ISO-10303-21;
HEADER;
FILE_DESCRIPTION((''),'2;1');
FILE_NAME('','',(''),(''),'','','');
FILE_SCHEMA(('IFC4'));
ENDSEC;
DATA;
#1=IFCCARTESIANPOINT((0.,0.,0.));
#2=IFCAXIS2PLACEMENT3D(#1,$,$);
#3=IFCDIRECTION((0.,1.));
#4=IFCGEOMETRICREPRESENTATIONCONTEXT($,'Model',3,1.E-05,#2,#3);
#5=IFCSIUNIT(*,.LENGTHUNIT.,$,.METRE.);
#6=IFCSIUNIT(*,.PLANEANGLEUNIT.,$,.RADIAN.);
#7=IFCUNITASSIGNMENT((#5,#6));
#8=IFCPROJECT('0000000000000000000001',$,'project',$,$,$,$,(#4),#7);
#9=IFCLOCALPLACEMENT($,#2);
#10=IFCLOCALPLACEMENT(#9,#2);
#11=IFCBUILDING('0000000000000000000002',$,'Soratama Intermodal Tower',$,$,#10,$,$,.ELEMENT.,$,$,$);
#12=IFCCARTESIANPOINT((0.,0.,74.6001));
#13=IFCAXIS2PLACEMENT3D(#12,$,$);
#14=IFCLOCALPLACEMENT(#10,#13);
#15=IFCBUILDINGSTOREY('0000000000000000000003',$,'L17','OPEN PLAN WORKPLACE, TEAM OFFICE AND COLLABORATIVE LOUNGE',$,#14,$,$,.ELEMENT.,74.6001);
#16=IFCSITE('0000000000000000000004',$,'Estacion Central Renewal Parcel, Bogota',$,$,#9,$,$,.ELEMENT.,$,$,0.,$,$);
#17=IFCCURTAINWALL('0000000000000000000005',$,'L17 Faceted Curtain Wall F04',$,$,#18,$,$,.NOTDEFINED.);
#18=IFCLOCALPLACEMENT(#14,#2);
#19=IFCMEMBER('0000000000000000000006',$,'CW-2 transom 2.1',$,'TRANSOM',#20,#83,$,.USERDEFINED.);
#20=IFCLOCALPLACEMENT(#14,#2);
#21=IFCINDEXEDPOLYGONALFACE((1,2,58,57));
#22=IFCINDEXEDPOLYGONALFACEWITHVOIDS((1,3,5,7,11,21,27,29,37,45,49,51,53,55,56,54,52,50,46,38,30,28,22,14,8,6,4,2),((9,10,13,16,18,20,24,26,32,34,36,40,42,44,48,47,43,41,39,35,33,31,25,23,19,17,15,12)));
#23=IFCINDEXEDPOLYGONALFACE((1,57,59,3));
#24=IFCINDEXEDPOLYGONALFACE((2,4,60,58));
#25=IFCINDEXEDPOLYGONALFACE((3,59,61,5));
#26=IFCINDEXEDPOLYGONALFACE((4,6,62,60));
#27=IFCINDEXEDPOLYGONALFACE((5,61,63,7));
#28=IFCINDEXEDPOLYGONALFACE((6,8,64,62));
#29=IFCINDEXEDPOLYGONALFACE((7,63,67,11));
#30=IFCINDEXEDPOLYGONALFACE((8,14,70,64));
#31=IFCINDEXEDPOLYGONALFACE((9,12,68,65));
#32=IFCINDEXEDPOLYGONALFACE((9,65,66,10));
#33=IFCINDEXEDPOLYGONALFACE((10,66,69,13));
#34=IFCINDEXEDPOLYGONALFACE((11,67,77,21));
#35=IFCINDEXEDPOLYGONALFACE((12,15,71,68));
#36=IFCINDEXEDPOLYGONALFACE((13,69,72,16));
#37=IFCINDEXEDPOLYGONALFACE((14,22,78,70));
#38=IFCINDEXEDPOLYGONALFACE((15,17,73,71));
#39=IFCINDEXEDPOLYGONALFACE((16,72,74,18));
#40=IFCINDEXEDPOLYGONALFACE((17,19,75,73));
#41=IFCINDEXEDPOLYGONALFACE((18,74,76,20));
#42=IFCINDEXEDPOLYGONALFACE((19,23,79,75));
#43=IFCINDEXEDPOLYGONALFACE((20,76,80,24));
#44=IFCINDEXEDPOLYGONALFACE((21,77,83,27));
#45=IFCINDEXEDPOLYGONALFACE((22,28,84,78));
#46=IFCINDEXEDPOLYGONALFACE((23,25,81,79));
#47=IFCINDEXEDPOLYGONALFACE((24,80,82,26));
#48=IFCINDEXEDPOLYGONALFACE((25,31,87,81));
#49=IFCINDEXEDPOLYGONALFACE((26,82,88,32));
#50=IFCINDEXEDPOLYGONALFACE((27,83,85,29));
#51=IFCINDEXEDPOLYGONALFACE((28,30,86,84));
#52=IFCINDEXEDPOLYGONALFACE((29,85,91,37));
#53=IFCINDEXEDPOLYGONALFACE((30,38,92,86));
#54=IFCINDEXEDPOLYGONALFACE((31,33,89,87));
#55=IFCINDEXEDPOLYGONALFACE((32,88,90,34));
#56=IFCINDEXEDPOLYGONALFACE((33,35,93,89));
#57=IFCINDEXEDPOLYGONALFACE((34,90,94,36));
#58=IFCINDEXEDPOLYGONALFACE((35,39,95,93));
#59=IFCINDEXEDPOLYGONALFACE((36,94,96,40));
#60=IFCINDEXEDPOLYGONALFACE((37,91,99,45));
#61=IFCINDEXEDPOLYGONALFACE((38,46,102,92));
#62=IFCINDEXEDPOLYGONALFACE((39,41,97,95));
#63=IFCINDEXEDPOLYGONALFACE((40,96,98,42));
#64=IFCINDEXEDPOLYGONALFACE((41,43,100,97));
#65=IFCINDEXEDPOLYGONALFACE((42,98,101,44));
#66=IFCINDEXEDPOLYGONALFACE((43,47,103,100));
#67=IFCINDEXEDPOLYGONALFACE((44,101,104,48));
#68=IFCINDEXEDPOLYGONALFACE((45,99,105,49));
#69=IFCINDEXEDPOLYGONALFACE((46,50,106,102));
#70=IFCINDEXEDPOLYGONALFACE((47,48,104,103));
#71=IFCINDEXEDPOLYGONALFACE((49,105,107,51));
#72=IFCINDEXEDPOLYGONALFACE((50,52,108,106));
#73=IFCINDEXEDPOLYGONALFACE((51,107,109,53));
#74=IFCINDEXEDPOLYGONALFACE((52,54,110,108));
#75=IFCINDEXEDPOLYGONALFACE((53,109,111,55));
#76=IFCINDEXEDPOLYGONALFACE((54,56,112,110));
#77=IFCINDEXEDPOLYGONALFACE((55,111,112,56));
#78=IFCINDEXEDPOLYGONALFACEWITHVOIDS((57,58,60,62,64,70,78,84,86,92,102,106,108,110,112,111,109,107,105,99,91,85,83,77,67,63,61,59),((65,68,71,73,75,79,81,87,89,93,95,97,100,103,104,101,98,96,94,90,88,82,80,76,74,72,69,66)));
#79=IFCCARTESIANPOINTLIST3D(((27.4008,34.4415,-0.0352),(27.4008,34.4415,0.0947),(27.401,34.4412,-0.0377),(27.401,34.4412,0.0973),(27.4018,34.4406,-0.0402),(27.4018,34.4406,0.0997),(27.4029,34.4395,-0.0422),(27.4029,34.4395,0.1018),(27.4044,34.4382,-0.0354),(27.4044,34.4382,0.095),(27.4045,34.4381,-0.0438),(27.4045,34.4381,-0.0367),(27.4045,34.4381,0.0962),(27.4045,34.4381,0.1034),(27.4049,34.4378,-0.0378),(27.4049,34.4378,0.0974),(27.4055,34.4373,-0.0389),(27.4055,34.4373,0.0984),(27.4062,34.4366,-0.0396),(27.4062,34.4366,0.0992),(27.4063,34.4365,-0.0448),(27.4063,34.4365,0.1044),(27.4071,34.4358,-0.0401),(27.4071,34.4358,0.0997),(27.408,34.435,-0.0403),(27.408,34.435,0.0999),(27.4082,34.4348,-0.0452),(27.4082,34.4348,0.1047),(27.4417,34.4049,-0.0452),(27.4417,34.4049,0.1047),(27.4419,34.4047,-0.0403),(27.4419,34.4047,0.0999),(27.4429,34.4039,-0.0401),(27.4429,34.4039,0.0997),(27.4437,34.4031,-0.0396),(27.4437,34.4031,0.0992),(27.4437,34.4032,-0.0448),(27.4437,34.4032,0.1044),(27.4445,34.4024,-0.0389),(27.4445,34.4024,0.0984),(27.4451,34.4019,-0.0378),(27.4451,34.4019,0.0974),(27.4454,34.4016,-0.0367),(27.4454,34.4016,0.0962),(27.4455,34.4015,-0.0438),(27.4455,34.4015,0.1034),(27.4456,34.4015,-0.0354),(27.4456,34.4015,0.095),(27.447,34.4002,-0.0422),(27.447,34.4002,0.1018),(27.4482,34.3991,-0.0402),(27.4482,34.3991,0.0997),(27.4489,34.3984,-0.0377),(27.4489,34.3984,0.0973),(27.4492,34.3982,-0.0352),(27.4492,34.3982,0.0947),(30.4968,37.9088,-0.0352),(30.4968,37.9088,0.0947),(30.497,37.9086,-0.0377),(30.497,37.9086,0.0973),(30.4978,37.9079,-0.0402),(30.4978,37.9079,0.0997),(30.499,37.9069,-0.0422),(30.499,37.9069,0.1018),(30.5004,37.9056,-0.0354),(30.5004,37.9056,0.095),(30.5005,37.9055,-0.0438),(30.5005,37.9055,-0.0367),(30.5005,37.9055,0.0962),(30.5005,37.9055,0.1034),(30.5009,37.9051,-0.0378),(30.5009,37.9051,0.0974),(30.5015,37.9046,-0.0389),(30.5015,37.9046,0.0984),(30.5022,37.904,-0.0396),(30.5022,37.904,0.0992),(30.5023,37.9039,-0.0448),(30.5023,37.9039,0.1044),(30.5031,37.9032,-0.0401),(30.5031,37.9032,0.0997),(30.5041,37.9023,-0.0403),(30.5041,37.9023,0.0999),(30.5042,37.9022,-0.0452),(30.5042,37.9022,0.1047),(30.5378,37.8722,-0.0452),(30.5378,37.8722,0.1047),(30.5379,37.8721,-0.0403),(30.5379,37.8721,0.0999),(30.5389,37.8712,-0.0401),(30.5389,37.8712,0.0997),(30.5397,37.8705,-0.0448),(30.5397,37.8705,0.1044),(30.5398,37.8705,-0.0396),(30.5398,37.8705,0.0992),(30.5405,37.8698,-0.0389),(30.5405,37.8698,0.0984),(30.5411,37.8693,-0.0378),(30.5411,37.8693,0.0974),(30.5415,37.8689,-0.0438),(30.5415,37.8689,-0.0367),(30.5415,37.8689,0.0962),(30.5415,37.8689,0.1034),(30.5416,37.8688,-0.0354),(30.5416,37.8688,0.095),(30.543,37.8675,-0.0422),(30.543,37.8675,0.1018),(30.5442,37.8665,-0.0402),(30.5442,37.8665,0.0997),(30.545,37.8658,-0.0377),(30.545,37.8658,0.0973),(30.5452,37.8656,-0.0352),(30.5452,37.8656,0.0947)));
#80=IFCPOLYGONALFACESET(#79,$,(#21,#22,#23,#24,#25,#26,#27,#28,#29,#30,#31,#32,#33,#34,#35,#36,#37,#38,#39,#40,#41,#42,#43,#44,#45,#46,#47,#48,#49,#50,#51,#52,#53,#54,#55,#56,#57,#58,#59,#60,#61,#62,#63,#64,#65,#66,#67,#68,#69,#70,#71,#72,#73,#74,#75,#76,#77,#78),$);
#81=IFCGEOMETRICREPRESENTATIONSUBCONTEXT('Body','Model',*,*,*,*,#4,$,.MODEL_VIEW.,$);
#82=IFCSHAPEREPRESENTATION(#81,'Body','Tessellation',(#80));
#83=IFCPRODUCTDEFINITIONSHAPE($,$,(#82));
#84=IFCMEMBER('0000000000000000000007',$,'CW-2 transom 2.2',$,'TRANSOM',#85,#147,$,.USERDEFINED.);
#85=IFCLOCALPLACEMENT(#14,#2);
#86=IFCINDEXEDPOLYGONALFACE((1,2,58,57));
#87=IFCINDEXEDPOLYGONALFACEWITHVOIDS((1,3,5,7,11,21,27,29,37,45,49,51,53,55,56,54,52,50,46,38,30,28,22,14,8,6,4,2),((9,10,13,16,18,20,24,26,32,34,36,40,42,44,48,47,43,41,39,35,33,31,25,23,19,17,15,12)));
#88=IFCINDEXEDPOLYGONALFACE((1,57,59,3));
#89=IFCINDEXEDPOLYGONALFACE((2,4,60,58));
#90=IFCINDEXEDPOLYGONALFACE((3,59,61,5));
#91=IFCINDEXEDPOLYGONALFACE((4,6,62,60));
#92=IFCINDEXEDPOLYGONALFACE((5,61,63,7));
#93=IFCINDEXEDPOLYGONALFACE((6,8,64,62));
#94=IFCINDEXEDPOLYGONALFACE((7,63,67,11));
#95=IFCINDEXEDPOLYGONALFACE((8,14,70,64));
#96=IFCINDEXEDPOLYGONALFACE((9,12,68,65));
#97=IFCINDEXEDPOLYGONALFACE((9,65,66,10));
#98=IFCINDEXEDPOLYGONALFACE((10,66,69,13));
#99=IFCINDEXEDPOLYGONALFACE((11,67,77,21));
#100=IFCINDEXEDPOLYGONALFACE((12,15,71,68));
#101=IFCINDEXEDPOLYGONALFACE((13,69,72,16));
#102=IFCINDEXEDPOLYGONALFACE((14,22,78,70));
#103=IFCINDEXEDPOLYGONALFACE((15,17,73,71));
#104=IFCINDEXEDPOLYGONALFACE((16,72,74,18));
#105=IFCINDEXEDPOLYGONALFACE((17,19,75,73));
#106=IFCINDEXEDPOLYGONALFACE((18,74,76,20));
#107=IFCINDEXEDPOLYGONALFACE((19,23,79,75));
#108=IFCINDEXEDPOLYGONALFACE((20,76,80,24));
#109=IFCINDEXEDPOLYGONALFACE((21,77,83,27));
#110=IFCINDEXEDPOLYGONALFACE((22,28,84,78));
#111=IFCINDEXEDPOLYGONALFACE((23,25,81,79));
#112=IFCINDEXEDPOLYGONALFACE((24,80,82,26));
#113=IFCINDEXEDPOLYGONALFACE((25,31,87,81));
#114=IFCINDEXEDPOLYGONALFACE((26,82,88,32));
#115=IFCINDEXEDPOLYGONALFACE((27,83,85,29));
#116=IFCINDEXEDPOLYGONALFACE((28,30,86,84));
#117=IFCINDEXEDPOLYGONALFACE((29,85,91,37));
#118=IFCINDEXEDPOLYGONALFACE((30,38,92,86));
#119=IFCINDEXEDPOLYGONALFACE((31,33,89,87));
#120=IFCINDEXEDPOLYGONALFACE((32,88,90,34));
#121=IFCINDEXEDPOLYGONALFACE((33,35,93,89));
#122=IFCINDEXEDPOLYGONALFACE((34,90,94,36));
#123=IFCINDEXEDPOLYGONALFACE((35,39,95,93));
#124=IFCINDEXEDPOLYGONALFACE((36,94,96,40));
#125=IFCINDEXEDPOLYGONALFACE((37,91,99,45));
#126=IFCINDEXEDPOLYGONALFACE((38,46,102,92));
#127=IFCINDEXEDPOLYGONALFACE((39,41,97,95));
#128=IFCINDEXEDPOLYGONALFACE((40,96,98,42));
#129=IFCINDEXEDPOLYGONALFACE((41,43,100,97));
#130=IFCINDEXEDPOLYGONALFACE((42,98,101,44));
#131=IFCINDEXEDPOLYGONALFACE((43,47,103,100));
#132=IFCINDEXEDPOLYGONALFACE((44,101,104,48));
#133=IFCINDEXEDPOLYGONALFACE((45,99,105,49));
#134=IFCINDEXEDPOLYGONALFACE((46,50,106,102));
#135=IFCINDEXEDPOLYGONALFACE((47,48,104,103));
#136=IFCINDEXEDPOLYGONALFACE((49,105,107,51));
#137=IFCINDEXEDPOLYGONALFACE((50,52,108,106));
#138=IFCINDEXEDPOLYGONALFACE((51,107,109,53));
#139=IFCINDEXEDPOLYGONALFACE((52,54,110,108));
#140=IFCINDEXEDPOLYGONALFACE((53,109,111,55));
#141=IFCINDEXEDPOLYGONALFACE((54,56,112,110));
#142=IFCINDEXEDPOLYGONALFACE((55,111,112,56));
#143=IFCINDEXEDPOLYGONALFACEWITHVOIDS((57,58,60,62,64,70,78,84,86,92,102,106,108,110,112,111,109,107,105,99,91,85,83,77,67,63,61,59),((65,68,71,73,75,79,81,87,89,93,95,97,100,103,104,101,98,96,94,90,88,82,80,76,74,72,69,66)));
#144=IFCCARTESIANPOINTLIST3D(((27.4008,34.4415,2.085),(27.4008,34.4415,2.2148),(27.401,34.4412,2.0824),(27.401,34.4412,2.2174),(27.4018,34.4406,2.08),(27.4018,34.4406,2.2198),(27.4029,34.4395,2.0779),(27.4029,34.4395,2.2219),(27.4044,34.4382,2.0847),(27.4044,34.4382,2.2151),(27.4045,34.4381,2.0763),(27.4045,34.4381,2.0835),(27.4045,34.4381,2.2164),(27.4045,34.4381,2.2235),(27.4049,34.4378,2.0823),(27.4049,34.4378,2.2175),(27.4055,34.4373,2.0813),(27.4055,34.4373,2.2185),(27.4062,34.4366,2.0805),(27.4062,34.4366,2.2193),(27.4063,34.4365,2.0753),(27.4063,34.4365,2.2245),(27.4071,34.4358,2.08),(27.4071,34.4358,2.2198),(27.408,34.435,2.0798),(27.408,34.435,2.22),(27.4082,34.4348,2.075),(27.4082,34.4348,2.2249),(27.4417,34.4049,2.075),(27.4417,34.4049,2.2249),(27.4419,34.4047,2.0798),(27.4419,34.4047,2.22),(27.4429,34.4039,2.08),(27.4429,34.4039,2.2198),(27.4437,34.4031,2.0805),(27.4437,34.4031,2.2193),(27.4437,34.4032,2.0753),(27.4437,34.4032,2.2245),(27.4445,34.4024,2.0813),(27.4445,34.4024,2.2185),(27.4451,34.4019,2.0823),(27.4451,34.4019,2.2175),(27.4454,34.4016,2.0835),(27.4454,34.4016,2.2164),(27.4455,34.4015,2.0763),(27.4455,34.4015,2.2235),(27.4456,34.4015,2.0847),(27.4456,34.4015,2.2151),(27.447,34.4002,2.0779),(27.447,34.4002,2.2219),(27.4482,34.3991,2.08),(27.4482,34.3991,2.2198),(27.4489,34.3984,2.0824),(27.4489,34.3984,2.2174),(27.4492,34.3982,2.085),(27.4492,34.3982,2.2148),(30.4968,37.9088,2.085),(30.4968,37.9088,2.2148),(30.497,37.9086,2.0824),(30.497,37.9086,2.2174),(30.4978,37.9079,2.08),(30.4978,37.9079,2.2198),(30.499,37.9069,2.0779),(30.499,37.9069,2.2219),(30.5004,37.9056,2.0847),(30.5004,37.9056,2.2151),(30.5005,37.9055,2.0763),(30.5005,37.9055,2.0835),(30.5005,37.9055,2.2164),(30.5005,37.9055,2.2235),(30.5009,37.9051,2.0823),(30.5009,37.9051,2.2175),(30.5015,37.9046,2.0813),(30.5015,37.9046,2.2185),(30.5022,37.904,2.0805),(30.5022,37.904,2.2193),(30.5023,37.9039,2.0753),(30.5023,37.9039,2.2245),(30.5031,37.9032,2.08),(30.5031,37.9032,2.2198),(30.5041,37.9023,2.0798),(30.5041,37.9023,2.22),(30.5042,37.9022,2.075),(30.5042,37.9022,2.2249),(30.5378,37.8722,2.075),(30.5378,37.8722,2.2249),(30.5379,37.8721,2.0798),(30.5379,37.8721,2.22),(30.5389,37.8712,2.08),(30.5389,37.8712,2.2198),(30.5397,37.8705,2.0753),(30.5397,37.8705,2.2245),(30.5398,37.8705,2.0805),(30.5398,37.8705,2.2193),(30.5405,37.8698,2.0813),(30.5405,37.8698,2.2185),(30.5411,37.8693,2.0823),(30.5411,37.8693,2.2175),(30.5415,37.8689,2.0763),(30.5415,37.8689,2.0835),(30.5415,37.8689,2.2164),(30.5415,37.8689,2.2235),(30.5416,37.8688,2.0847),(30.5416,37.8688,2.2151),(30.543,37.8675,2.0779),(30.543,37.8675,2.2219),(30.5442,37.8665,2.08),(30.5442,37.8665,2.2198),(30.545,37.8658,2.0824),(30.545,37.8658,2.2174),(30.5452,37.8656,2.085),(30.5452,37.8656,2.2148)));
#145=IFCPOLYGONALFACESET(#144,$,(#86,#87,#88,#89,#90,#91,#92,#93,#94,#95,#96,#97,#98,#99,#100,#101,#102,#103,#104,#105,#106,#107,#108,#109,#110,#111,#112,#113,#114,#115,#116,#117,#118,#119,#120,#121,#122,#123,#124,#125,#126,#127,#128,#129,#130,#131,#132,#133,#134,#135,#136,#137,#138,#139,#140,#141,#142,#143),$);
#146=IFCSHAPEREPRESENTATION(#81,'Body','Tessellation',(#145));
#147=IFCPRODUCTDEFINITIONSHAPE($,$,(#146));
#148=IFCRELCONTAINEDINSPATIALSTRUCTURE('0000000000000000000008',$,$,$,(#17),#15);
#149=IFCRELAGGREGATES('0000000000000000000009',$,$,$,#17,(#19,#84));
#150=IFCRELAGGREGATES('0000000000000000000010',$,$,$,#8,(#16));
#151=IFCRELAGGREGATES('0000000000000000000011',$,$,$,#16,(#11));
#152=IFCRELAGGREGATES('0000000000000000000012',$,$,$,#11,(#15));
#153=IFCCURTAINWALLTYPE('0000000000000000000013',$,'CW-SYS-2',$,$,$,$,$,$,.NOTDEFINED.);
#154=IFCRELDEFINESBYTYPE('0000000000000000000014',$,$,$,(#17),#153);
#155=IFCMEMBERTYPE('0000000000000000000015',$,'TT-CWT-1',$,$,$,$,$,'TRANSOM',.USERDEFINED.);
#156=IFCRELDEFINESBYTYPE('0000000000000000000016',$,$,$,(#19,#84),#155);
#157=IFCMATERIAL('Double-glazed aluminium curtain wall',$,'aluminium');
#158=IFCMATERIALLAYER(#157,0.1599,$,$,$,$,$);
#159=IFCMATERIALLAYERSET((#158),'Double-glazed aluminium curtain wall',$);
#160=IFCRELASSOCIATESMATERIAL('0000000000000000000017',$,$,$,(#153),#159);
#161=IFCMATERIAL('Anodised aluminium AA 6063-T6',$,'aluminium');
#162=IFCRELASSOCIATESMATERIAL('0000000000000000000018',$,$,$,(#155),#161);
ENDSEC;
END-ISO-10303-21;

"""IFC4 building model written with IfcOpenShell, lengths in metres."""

from ifc_helpers import new_model, si_unit, direction, frame, origin, origin_2d, place, context, subcontext, project, spatial, hollow_rectangle, extrude, material, layer, layer_set, material_profile, profile_set, type_object, element, aggregate, save


model = new_model("IFC4")

# Units and contexts
model_context = context("Model", 3, precision=1e-05, world=origin(), true_north=direction((0.0, 1.0)))
body_context = subcontext(model_context, "Body", "Model", "MODEL_VIEW")
ifc_project = project(units=[si_unit("LENGTHUNIT", "METRE"), si_unit("PLANEANGLEUNIT", "RADIAN")], contexts=[model_context])

# Site, building, storey
site_placement = place(None, origin())
site = spatial("IfcSite", under=ifc_project, at=site_placement, Name="Estacion Central Renewal Parcel, Bogota", CompositionType="ELEMENT", RefElevation=0.0)
building_placement = place(site_placement, origin())
building = spatial("IfcBuilding", under=site, at=building_placement, Name="Soratama Intermodal Tower", CompositionType="ELEMENT")
storey_placement = place(building_placement, frame((0.0, 0.0, 74.6001)))
storey = spatial("IfcBuildingStorey", under=building, at=storey_placement, Name="L17", Description="OPEN PLAN WORKPLACE, TEAM OFFICE AND COLLABORATIVE LOUNGE", CompositionType="ELEMENT", Elevation=74.6001)

# Curtain wall, members
ifc_material_1 = material(Name="Double-glazed aluminium curtain wall", Category="aluminium")
ifc_layer_1 = layer(ifc_material_1, 0.1599)
ifc_layer_set_1 = layer_set([ifc_layer_1], Name="Double-glazed aluminium curtain wall")
curtain_wall_type = type_object("IfcCurtainWallType", Name="CW-SYS-2", PredefinedType="NOTDEFINED", material=ifc_layer_set_1)
curtain_wall_placement = place(storey_placement, origin())
curtain_wall = element("IfcCurtainWall", 1, at=curtain_wall_placement, inside=storey, type_object=curtain_wall_type, Name="L17 Faceted Curtain Wall F04", PredefinedType="NOTDEFINED")
ifc_material_2 = material(Name="Anodised aluminium AA 6063-T6", Category="aluminium")
ifc_material_profile_1 = material_profile(ifc_material_2, hollow_rectangle(XDim=0.0649, YDim=0.1499, WallThickness=0.0049, InnerFilletRadius=0.0049, OuterFilletRadius=0.01, at=origin_2d()), Name="CWT150X65X5")
ifc_profile_set_1 = profile_set([ifc_material_profile_1], Name="Anodised aluminium AA 6063-T6")
member_type_1 = type_object("IfcMemberType", Name="TT-CWT-1", ElementType="TRANSOM", PredefinedType="USERDEFINED", material=ifc_profile_set_1)
member_1_placement = place(storey_placement, frame((30.521, 37.8872, 0.0298), z_axis=(-0.666035, -0.745921, 0.0), x_axis=(0.745921, -0.666035, 0.0)))
member_1 = element("IfcMember", 2, at=member_1_placement, type_object=member_type_1, Name="CW-2 transom 2.1", ObjectType="TRANSOM", PredefinedType="USERDEFINED", context=body_context, shape_type="SweptSolid", body=[
    extrude(hollow_rectangle(XDim=0.0649, YDim=0.1499, WallThickness=0.0049, InnerFilletRadius=0.0049, OuterFilletRadius=0.01, at=origin_2d()), origin(), (0.0, 0.0, 1.0), 4.6484),
])
member_2_placement = place(storey_placement, frame((30.521, 37.8872, 2.1499), z_axis=(-0.666035, -0.745921, 0.0), x_axis=(0.745921, -0.666035, 0.0)))
member_2 = element("IfcMember", 3, at=member_2_placement, type_object=member_type_1, Name="CW-2 transom 2.2", ObjectType="TRANSOM", PredefinedType="USERDEFINED", context=body_context, shape_type="SweptSolid", body=[
    extrude(hollow_rectangle(XDim=0.0649, YDim=0.1499, WallThickness=0.0049, InnerFilletRadius=0.0049, OuterFilletRadius=0.01, at=origin_2d()), origin(), (0.0, 0.0, 1.0), 4.6484),
])
aggregate(curtain_wall, [member_1, member_2])

save(model, "model.ifc")
